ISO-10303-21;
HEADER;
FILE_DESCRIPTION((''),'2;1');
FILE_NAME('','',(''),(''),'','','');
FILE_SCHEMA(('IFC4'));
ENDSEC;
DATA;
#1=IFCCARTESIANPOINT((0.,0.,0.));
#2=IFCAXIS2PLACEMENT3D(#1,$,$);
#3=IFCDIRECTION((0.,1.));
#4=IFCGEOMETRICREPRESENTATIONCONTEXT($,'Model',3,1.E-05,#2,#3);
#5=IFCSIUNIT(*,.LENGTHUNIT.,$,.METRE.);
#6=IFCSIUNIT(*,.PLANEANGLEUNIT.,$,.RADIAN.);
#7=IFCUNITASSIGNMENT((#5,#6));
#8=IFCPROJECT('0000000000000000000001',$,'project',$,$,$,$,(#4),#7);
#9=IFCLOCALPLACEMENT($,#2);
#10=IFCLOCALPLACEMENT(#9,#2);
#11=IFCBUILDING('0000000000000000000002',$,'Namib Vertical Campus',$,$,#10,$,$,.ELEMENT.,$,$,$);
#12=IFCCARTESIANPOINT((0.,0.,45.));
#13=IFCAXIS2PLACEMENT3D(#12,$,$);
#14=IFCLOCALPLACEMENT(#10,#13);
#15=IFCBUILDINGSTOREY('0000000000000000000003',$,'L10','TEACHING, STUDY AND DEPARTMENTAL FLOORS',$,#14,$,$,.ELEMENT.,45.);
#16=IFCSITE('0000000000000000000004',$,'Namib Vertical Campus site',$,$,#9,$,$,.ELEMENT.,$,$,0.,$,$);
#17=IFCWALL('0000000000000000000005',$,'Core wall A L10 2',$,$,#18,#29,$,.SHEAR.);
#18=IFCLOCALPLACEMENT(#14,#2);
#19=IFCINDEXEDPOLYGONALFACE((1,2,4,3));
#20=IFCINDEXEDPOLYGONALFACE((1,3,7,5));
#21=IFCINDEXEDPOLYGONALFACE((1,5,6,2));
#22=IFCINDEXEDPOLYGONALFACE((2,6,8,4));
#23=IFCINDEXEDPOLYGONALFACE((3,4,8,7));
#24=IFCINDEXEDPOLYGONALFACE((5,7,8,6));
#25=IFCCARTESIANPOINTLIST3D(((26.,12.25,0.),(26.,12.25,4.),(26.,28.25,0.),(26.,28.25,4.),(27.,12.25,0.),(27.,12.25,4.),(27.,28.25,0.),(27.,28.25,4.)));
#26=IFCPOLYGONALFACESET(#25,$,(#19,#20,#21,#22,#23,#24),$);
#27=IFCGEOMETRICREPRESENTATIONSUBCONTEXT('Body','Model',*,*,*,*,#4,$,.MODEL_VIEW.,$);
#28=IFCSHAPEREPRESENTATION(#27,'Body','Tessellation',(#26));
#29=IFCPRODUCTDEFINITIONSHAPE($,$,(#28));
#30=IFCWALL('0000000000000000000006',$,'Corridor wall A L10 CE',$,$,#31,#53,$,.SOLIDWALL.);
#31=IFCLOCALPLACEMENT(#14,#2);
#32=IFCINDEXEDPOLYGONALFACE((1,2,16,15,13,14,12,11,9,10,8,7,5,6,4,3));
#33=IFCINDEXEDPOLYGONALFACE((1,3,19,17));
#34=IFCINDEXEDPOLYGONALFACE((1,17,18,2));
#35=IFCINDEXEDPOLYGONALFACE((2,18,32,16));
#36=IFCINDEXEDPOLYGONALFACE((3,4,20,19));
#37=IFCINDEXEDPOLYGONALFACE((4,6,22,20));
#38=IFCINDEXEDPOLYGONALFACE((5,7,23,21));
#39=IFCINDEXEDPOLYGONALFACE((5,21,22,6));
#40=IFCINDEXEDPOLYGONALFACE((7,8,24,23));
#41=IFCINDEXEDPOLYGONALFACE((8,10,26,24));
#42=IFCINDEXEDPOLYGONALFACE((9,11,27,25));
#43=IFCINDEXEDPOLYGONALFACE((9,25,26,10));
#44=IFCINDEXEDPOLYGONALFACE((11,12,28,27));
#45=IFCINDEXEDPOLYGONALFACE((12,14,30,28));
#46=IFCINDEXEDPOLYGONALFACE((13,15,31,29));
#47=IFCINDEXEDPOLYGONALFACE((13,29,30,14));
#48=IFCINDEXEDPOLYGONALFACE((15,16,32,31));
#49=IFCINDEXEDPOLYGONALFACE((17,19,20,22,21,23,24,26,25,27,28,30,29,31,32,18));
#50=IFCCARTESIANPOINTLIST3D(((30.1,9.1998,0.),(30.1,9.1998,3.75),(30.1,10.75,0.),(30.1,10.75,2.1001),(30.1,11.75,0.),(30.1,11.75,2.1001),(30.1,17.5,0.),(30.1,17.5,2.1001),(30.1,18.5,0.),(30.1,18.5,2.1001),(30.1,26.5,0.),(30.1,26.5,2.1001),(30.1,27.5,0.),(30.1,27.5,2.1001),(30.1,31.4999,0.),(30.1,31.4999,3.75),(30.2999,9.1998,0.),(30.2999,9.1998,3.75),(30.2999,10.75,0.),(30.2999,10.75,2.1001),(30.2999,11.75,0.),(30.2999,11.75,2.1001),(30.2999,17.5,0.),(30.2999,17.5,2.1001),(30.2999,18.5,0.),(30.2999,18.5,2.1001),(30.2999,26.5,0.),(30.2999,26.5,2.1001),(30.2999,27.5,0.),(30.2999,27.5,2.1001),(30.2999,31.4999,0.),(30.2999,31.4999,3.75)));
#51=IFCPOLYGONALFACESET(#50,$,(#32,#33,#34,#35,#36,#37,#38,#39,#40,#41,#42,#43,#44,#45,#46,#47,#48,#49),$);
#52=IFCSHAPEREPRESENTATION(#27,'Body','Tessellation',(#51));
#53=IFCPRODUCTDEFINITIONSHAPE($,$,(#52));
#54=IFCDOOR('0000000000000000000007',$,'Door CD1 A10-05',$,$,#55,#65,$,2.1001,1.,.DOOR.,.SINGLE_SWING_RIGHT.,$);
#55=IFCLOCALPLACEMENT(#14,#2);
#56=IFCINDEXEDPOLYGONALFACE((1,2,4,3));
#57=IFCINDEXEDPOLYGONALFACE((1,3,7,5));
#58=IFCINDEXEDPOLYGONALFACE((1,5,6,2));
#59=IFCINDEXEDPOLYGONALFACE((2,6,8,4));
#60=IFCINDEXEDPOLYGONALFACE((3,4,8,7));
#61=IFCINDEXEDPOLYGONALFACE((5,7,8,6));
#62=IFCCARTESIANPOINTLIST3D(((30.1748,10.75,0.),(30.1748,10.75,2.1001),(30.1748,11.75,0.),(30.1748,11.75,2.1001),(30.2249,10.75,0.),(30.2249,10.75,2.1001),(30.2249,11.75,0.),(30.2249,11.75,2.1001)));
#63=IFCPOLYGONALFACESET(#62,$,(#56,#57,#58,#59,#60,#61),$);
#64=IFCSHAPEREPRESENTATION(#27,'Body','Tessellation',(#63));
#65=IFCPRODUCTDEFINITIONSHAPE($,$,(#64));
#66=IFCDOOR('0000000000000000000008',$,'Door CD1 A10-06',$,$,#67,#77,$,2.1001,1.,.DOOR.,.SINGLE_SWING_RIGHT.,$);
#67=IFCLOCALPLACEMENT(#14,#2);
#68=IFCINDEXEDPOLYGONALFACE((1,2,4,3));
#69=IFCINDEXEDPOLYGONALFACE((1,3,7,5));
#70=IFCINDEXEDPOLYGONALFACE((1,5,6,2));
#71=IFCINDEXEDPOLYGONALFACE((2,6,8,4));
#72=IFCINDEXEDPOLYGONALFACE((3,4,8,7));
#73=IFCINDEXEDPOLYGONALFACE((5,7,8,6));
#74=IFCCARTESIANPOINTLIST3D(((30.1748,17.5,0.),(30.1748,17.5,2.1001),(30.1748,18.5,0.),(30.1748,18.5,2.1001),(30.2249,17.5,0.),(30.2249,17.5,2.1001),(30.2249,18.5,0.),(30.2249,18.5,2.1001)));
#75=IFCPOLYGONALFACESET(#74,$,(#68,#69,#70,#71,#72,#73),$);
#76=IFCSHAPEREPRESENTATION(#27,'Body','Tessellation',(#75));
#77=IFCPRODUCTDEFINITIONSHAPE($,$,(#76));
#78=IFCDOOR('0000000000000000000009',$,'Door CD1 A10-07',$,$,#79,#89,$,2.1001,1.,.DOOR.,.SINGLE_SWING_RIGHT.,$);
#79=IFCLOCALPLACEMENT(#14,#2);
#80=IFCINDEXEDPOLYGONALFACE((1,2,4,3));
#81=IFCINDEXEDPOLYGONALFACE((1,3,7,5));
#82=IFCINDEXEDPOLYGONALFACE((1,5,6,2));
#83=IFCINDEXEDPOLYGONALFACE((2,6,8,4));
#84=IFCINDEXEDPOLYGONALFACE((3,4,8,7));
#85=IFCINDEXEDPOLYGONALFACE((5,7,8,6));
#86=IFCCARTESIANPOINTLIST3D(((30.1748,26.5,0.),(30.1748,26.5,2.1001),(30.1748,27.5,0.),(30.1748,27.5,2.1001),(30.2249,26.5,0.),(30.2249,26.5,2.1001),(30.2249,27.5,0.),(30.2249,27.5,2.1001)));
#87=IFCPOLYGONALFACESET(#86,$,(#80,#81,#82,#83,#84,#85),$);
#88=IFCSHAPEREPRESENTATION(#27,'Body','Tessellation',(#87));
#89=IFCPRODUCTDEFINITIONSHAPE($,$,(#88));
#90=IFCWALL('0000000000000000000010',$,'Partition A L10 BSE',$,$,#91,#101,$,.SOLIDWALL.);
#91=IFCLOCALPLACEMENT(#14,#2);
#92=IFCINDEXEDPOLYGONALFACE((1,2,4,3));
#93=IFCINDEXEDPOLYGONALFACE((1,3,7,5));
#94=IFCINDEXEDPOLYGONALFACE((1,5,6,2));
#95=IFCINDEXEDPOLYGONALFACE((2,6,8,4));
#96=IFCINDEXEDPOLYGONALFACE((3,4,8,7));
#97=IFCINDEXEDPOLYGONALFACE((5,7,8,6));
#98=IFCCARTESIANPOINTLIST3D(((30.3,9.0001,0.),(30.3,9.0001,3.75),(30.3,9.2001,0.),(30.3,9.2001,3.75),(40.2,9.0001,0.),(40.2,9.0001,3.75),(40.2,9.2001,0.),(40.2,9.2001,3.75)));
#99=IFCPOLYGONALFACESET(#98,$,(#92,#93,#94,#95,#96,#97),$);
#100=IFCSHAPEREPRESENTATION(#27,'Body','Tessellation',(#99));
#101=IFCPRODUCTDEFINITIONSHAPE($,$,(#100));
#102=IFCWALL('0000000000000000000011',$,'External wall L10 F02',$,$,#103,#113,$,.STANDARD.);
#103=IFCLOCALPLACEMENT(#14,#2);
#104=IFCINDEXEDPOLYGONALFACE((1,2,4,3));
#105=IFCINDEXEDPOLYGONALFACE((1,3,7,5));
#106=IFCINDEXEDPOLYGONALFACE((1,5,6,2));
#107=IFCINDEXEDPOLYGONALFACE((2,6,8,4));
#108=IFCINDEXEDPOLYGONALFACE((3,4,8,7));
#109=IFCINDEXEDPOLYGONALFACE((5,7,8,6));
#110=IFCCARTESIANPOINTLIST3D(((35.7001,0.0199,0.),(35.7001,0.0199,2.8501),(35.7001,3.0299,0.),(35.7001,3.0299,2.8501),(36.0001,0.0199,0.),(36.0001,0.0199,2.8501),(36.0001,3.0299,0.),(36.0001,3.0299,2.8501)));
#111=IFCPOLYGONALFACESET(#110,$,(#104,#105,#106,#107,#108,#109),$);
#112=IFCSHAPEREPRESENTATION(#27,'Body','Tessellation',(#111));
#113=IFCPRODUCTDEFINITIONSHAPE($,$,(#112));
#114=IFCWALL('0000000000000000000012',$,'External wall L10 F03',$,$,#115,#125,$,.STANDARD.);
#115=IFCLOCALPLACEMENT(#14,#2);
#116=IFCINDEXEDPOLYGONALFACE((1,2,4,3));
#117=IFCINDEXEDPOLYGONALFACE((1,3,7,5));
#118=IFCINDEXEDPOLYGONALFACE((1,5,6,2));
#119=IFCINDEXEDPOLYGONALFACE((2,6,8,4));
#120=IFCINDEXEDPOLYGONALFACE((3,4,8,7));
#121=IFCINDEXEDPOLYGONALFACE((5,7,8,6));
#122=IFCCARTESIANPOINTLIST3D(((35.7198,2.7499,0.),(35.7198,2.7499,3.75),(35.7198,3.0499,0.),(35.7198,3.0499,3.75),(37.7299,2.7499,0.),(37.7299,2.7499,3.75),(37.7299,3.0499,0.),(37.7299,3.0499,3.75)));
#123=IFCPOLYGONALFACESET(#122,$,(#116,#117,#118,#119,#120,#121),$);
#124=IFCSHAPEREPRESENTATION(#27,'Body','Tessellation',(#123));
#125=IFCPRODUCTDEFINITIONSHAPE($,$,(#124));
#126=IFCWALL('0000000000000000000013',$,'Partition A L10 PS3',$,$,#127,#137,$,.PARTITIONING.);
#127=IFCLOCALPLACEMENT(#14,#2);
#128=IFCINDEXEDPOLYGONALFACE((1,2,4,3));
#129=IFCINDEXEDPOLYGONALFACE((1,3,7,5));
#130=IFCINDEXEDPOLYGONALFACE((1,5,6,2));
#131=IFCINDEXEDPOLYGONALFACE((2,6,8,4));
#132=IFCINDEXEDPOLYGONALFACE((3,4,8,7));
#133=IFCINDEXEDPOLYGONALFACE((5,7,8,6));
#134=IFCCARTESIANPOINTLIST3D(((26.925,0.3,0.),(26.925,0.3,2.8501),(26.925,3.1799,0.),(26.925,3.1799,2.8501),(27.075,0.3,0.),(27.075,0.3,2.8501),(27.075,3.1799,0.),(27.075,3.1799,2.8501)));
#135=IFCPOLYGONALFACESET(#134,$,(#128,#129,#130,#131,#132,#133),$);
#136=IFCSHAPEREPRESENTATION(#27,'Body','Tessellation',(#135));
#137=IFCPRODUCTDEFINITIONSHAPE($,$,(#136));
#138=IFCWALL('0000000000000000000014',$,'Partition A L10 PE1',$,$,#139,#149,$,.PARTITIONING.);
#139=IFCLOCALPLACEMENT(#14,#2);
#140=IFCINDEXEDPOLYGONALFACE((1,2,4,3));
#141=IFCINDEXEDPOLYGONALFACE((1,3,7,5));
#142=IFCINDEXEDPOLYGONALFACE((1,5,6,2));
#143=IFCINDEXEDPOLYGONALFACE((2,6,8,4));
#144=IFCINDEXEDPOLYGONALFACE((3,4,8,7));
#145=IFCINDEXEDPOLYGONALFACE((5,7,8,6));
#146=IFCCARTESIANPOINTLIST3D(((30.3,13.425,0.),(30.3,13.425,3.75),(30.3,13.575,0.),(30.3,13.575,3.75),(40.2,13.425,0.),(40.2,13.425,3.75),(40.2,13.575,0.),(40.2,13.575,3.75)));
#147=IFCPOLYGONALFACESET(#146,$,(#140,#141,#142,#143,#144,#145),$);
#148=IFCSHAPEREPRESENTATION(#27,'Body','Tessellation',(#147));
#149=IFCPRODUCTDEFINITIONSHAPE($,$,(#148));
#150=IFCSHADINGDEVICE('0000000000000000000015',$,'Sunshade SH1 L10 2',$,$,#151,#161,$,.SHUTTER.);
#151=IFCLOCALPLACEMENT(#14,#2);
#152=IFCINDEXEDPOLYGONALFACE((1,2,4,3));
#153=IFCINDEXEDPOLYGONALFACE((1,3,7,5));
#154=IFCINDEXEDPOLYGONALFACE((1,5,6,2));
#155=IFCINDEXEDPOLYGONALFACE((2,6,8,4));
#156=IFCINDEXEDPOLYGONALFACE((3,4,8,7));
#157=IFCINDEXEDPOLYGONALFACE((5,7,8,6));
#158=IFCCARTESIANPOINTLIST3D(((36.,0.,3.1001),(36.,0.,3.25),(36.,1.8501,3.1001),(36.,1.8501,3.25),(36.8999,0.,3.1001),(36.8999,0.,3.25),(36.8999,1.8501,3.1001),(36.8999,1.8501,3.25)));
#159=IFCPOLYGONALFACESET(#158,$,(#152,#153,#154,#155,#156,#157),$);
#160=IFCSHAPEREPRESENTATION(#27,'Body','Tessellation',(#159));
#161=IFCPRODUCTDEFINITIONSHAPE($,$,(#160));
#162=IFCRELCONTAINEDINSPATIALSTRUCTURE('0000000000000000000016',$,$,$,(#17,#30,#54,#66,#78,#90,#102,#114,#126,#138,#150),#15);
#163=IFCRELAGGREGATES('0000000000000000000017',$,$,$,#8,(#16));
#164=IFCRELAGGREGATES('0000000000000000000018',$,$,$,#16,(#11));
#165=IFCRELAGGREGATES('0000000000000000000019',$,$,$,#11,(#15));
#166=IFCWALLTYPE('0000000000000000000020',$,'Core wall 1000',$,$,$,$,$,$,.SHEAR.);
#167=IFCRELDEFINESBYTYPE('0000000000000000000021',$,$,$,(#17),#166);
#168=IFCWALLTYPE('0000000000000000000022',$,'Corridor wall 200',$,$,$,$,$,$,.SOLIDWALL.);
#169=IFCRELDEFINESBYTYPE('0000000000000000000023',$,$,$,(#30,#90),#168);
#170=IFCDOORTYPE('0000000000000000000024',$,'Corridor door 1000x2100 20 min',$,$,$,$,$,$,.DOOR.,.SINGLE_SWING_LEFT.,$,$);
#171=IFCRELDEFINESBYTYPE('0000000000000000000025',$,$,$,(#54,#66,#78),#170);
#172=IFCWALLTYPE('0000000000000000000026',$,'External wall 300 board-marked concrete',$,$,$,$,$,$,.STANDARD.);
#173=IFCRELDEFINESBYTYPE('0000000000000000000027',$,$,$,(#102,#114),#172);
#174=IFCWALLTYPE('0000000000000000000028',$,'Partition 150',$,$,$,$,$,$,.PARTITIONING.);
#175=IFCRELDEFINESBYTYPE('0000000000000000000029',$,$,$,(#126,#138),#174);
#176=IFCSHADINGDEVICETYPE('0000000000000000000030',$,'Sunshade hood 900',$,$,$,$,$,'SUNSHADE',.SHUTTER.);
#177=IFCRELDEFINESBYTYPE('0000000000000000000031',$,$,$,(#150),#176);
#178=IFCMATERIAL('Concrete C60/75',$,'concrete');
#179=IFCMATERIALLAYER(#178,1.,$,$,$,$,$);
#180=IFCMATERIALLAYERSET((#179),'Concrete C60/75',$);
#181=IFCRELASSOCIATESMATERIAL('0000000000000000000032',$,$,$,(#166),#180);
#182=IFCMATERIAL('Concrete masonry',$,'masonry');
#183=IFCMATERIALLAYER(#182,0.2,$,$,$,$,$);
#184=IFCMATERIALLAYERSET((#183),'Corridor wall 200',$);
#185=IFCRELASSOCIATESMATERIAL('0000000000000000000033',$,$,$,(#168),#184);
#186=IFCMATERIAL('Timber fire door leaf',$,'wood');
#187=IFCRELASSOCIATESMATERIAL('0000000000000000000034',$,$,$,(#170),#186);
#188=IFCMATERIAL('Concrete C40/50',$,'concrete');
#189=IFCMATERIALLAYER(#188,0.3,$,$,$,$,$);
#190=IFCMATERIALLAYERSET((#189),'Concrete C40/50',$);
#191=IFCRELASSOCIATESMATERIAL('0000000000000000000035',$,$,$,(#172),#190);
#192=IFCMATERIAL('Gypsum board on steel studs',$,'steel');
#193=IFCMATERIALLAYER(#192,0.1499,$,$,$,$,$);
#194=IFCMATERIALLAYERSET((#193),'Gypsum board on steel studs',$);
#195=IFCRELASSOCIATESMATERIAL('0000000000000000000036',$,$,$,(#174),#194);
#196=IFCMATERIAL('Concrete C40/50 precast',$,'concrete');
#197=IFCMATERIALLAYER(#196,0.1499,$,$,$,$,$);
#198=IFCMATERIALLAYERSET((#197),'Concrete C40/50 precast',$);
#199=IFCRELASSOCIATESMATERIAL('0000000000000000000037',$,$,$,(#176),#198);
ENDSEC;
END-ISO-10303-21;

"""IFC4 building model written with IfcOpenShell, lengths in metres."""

from ifc_helpers import new_model, si_unit, direction, frame, frame_2d, origin, origin_2d, place, context, subcontext, project, spatial, rectangle, extrude, material, layer, layer_set, type_object, element, fill, save


model = new_model("IFC4")

# Units and contexts
model_context = context("Model", 3, precision=1e-05, world=origin(), true_north=direction((0.0, 1.0)))
body_context = subcontext(model_context, "Body", "Model", "MODEL_VIEW")
ifc_project = project(units=[si_unit("LENGTHUNIT", "METRE"), si_unit("PLANEANGLEUNIT", "RADIAN")], contexts=[model_context])

# Site, building, storey
site_placement = place(None, origin())
site = spatial("IfcSite", under=ifc_project, at=site_placement, Name="Namib Vertical Campus site", CompositionType="ELEMENT", RefElevation=0.0)
building_placement = place(site_placement, origin())
building = spatial("IfcBuilding", under=site, at=building_placement, Name="Namib Vertical Campus", CompositionType="ELEMENT")
storey_placement = place(building_placement, frame((0.0, 0.0, 45.0)))
storey = spatial("IfcBuildingStorey", under=building, at=storey_placement, Name="L10", Description="TEACHING, STUDY AND DEPARTMENTAL FLOORS", CompositionType="ELEMENT", Elevation=45.0)

# Wall
ifc_material_1 = material(Name="Concrete C60/75", Category="concrete")
ifc_layer_1 = layer(ifc_material_1, 1.0)
ifc_layer_set_1 = layer_set([ifc_layer_1], Name="Concrete C60/75")
wall_type_1 = type_object("IfcWallType", Name="Core wall 1000", PredefinedType="SHEAR", material=ifc_layer_set_1)
wall_1_placement = place(storey_placement, frame((26.5, 12.25, 0.0), z_axis=(0.0, 0.0, 1.0), x_axis=(0.0, 1.0, 0.0)))
element("IfcWall", 1, at=wall_1_placement, inside=storey, type_object=wall_type_1, Name="Core wall A L10 2", PredefinedType="SHEAR", context=body_context, shape_type="SweptSolid", body=[
    extrude(rectangle(XDim=16.0, YDim=1.0, at=frame_2d((8.0, 0.0))), origin(), (0.0, 0.0, 1.0), 4.0),
])

# Wall, openings, doors
ifc_material_2 = material(Name="Concrete masonry", Category="masonry")
ifc_layer_2 = layer(ifc_material_2, 0.2)
ifc_layer_set_2 = layer_set([ifc_layer_2], Name="Corridor wall 200")
wall_type_2 = type_object("IfcWallType", Name="Corridor wall 200", PredefinedType="SOLIDWALL", material=ifc_layer_set_2)
wall_2_placement = place(storey_placement, frame((30.2, 9.2, 0.0), z_axis=(0.0, 0.0, 1.0), x_axis=(0.0, 1.0, 0.0)))
wall_2 = element("IfcWall", 2, at=wall_2_placement, inside=storey, type_object=wall_type_2, Name="Corridor wall A L10 CE", PredefinedType="SOLIDWALL", context=body_context, shape_type="SweptSolid", body=[
    extrude(rectangle(XDim=22.3, YDim=0.2, at=frame_2d((11.1499, 0.0))), origin(), (0.0, 0.0, 1.0), 3.75),
])
opening_1_placement = place(wall_2_placement, frame((1.55, 0.0, 0.0)))
opening_1 = element("IfcOpeningElement", 3, at=opening_1_placement, cuts=wall_2, PredefinedType="OPENING", context=body_context, shape_type="SweptSolid", body=[
    extrude(rectangle(XDim=1.0, YDim=2.1001, at=frame_2d((0.5, 1.05))), frame((0.0, 0.1099, 0.0), z_axis=(0.0, -1.0, 0.0), x_axis=(1.0, 0.0, 0.0)), (0.0, 0.0, 1.0), 0.22),
])
opening_2_placement = place(wall_2_placement, frame((8.3, 0.0, 0.0)))
opening_2 = element("IfcOpeningElement", 4, at=opening_2_placement, cuts=wall_2, PredefinedType="OPENING", context=body_context, shape_type="SweptSolid", body=[
    extrude(rectangle(XDim=1.0, YDim=2.1001, at=frame_2d((0.5, 1.05))), frame((0.0, 0.1099, 0.0), z_axis=(0.0, -1.0, 0.0), x_axis=(1.0, 0.0, 0.0)), (0.0, 0.0, 1.0), 0.22),
])
opening_3_placement = place(wall_2_placement, frame((17.3, 0.0, 0.0)))
opening_3 = element("IfcOpeningElement", 5, at=opening_3_placement, cuts=wall_2, PredefinedType="OPENING", context=body_context, shape_type="SweptSolid", body=[
    extrude(rectangle(XDim=1.0, YDim=2.1001, at=frame_2d((0.5, 1.05))), frame((0.0, 0.1099, 0.0), z_axis=(0.0, -1.0, 0.0), x_axis=(1.0, 0.0, 0.0)), (0.0, 0.0, 1.0), 0.22),
])
ifc_material_3 = material(Name="Timber fire door leaf", Category="wood")
door_type = type_object("IfcDoorType", Name="Corridor door 1000x2100 20 min", OperationType="SINGLE_SWING_LEFT", PredefinedType="DOOR", material=ifc_material_3)
door_1_placement = place(opening_1_placement, frame((1.0, 0.0, 0.0), z_axis=(0.0, 0.0, 1.0), x_axis=(-1.0, 0.0, 0.0)))
door_1 = element("IfcDoor", 6, at=door_1_placement, inside=storey, type_object=door_type, Name="Door CD1 A10-05", OperationType="SINGLE_SWING_RIGHT", OverallHeight=2.1001, OverallWidth=1.0, PredefinedType="DOOR", context=body_context, shape_type="SweptSolid", body=[
    extrude(rectangle(XDim=1.0, YDim=2.1001, at=frame_2d((0.5, 1.05))), frame((0.0, 0.0249, 0.0), z_axis=(0.0, -1.0, 0.0), x_axis=(1.0, 0.0, 0.0)), (0.0, 0.0, 1.0), 0.05),
])
fill(opening_1, door_1)
door_2_placement = place(opening_2_placement, frame((1.0, 0.0, 0.0), z_axis=(0.0, 0.0, 1.0), x_axis=(-1.0, 0.0, 0.0)))
door_2 = element("IfcDoor", 7, at=door_2_placement, inside=storey, type_object=door_type, Name="Door CD1 A10-06", OperationType="SINGLE_SWING_RIGHT", OverallHeight=2.1001, OverallWidth=1.0, PredefinedType="DOOR", context=body_context, shape_type="SweptSolid", body=[
    extrude(rectangle(XDim=1.0, YDim=2.1001, at=frame_2d((0.5, 1.05))), frame((0.0, 0.0249, 0.0), z_axis=(0.0, -1.0, 0.0), x_axis=(1.0, 0.0, 0.0)), (0.0, 0.0, 1.0), 0.05),
])
fill(opening_2, door_2)
door_3_placement = place(opening_3_placement, frame((1.0, 0.0, 0.0), z_axis=(0.0, 0.0, 1.0), x_axis=(-1.0, 0.0, 0.0)))
door_3 = element("IfcDoor", 8, at=door_3_placement, inside=storey, type_object=door_type, Name="Door CD1 A10-07", OperationType="SINGLE_SWING_RIGHT", OverallHeight=2.1001, OverallWidth=1.0, PredefinedType="DOOR", context=body_context, shape_type="SweptSolid", body=[
    extrude(rectangle(XDim=1.0, YDim=2.1001, at=frame_2d((0.5, 1.05))), frame((0.0, 0.0249, 0.0), z_axis=(0.0, -1.0, 0.0), x_axis=(1.0, 0.0, 0.0)), (0.0, 0.0, 1.0), 0.05),
])
fill(opening_3, door_3)

# Walls
wall_3_placement = place(storey_placement, frame((30.3, 9.1001, 0.0), z_axis=(0.0, 0.0, 1.0), x_axis=(1.0, 0.0, 0.0)))
element("IfcWall", 9, at=wall_3_placement, inside=storey, type_object=wall_type_2, Name="Partition A L10 BSE", PredefinedType="SOLIDWALL", context=body_context, shape_type="SweptSolid", body=[
    extrude(rectangle(XDim=9.8999, YDim=0.2, at=frame_2d((4.95, 0.0))), origin(), (0.0, 0.0, 1.0), 3.75),
])
ifc_material_4 = material(Name="Concrete C40/50", Category="concrete")
ifc_layer_3 = layer(ifc_material_4, 0.3)
ifc_layer_set_3 = layer_set([ifc_layer_3], Name="Concrete C40/50")
wall_type_3 = type_object("IfcWallType", Name="External wall 300 board-marked concrete", PredefinedType="STANDARD", material=ifc_layer_set_3)
wall_4_placement = place(storey_placement, frame((35.8501, 0.02, 0.0), z_axis=(0.0, 0.0, 1.0), x_axis=(0.0, 1.0, 0.0)))
element("IfcWall", 10, at=wall_4_placement, inside=storey, type_object=wall_type_3, Name="External wall L10 F02", PredefinedType="STANDARD", context=body_context, shape_type="SweptSolid", body=[
    extrude(rectangle(XDim=3.01, YDim=0.3, at=frame_2d((1.5049, 0.0))), origin(), (0.0, 0.0, 1.0), 2.8501),
])
wall_5_placement = place(storey_placement, frame((35.72, 2.8999, 0.0), z_axis=(0.0, 0.0, 1.0), x_axis=(1.0, 0.0, 0.0)))
element("IfcWall", 11, at=wall_5_placement, inside=storey, type_object=wall_type_3, Name="External wall L10 F03", PredefinedType="STANDARD", context=body_context, shape_type="SweptSolid", body=[
    extrude(rectangle(XDim=2.01, YDim=0.3, at=frame_2d((1.0049, 0.0))), origin(), (0.0, 0.0, 1.0), 3.75),
])
ifc_material_5 = material(Name="Gypsum board on steel studs", Category="steel")
ifc_layer_4 = layer(ifc_material_5, 0.1499)
ifc_layer_set_4 = layer_set([ifc_layer_4], Name="Gypsum board on steel studs")
wall_type_4 = type_object("IfcWallType", Name="Partition 150", PredefinedType="PARTITIONING", material=ifc_layer_set_4)
wall_6_placement = place(storey_placement, frame((27.0, 0.3, 0.0), z_axis=(0.0, 0.0, 1.0), x_axis=(0.0, 1.0, 0.0)))
element("IfcWall", 12, at=wall_6_placement, inside=storey, type_object=wall_type_4, Name="Partition A L10 PS3", PredefinedType="PARTITIONING", context=body_context, shape_type="SweptSolid", body=[
    extrude(rectangle(XDim=2.8799, YDim=0.1499, at=frame_2d((1.4399, 0.0))), origin(), (0.0, 0.0, 1.0), 2.8501),
])
wall_7_placement = place(storey_placement, frame((30.3, 13.5, 0.0), z_axis=(0.0, 0.0, 1.0), x_axis=(1.0, 0.0, 0.0)))
element("IfcWall", 13, at=wall_7_placement, inside=storey, type_object=wall_type_4, Name="Partition A L10 PE1", PredefinedType="PARTITIONING", context=body_context, shape_type="SweptSolid", body=[
    extrude(rectangle(XDim=9.8999, YDim=0.1499, at=frame_2d((4.95, 0.0))), origin(), (0.0, 0.0, 1.0), 3.75),
])

# Shading device
ifc_material_6 = material(Name="Concrete C40/50 precast", Category="concrete")
ifc_layer_5 = layer(ifc_material_6, 0.1499)
ifc_layer_set_5 = layer_set([ifc_layer_5], Name="Concrete C40/50 precast")
shading_device_type = type_object("IfcShadingDeviceType", Name="Sunshade hood 900", ElementType="SUNSHADE", PredefinedType="SHUTTER", material=ifc_layer_set_5)
shading_device_placement = place(storey_placement, frame((36.45, 0.925, 3.1001), z_axis=(0.0, 0.0, 1.0), x_axis=(0.0, 1.0, 0.0)))
element("IfcShadingDevice", 14, at=shading_device_placement, inside=storey, type_object=shading_device_type, Name="Sunshade SH1 L10 2", PredefinedType="SHUTTER", context=body_context, shape_type="SweptSolid", body=[
    extrude(rectangle(XDim=1.8501, YDim=0.8999, at=origin_2d()), origin(), (0.0, 0.0, 1.0), 0.1499),
])

save(model, "model.ifc")
